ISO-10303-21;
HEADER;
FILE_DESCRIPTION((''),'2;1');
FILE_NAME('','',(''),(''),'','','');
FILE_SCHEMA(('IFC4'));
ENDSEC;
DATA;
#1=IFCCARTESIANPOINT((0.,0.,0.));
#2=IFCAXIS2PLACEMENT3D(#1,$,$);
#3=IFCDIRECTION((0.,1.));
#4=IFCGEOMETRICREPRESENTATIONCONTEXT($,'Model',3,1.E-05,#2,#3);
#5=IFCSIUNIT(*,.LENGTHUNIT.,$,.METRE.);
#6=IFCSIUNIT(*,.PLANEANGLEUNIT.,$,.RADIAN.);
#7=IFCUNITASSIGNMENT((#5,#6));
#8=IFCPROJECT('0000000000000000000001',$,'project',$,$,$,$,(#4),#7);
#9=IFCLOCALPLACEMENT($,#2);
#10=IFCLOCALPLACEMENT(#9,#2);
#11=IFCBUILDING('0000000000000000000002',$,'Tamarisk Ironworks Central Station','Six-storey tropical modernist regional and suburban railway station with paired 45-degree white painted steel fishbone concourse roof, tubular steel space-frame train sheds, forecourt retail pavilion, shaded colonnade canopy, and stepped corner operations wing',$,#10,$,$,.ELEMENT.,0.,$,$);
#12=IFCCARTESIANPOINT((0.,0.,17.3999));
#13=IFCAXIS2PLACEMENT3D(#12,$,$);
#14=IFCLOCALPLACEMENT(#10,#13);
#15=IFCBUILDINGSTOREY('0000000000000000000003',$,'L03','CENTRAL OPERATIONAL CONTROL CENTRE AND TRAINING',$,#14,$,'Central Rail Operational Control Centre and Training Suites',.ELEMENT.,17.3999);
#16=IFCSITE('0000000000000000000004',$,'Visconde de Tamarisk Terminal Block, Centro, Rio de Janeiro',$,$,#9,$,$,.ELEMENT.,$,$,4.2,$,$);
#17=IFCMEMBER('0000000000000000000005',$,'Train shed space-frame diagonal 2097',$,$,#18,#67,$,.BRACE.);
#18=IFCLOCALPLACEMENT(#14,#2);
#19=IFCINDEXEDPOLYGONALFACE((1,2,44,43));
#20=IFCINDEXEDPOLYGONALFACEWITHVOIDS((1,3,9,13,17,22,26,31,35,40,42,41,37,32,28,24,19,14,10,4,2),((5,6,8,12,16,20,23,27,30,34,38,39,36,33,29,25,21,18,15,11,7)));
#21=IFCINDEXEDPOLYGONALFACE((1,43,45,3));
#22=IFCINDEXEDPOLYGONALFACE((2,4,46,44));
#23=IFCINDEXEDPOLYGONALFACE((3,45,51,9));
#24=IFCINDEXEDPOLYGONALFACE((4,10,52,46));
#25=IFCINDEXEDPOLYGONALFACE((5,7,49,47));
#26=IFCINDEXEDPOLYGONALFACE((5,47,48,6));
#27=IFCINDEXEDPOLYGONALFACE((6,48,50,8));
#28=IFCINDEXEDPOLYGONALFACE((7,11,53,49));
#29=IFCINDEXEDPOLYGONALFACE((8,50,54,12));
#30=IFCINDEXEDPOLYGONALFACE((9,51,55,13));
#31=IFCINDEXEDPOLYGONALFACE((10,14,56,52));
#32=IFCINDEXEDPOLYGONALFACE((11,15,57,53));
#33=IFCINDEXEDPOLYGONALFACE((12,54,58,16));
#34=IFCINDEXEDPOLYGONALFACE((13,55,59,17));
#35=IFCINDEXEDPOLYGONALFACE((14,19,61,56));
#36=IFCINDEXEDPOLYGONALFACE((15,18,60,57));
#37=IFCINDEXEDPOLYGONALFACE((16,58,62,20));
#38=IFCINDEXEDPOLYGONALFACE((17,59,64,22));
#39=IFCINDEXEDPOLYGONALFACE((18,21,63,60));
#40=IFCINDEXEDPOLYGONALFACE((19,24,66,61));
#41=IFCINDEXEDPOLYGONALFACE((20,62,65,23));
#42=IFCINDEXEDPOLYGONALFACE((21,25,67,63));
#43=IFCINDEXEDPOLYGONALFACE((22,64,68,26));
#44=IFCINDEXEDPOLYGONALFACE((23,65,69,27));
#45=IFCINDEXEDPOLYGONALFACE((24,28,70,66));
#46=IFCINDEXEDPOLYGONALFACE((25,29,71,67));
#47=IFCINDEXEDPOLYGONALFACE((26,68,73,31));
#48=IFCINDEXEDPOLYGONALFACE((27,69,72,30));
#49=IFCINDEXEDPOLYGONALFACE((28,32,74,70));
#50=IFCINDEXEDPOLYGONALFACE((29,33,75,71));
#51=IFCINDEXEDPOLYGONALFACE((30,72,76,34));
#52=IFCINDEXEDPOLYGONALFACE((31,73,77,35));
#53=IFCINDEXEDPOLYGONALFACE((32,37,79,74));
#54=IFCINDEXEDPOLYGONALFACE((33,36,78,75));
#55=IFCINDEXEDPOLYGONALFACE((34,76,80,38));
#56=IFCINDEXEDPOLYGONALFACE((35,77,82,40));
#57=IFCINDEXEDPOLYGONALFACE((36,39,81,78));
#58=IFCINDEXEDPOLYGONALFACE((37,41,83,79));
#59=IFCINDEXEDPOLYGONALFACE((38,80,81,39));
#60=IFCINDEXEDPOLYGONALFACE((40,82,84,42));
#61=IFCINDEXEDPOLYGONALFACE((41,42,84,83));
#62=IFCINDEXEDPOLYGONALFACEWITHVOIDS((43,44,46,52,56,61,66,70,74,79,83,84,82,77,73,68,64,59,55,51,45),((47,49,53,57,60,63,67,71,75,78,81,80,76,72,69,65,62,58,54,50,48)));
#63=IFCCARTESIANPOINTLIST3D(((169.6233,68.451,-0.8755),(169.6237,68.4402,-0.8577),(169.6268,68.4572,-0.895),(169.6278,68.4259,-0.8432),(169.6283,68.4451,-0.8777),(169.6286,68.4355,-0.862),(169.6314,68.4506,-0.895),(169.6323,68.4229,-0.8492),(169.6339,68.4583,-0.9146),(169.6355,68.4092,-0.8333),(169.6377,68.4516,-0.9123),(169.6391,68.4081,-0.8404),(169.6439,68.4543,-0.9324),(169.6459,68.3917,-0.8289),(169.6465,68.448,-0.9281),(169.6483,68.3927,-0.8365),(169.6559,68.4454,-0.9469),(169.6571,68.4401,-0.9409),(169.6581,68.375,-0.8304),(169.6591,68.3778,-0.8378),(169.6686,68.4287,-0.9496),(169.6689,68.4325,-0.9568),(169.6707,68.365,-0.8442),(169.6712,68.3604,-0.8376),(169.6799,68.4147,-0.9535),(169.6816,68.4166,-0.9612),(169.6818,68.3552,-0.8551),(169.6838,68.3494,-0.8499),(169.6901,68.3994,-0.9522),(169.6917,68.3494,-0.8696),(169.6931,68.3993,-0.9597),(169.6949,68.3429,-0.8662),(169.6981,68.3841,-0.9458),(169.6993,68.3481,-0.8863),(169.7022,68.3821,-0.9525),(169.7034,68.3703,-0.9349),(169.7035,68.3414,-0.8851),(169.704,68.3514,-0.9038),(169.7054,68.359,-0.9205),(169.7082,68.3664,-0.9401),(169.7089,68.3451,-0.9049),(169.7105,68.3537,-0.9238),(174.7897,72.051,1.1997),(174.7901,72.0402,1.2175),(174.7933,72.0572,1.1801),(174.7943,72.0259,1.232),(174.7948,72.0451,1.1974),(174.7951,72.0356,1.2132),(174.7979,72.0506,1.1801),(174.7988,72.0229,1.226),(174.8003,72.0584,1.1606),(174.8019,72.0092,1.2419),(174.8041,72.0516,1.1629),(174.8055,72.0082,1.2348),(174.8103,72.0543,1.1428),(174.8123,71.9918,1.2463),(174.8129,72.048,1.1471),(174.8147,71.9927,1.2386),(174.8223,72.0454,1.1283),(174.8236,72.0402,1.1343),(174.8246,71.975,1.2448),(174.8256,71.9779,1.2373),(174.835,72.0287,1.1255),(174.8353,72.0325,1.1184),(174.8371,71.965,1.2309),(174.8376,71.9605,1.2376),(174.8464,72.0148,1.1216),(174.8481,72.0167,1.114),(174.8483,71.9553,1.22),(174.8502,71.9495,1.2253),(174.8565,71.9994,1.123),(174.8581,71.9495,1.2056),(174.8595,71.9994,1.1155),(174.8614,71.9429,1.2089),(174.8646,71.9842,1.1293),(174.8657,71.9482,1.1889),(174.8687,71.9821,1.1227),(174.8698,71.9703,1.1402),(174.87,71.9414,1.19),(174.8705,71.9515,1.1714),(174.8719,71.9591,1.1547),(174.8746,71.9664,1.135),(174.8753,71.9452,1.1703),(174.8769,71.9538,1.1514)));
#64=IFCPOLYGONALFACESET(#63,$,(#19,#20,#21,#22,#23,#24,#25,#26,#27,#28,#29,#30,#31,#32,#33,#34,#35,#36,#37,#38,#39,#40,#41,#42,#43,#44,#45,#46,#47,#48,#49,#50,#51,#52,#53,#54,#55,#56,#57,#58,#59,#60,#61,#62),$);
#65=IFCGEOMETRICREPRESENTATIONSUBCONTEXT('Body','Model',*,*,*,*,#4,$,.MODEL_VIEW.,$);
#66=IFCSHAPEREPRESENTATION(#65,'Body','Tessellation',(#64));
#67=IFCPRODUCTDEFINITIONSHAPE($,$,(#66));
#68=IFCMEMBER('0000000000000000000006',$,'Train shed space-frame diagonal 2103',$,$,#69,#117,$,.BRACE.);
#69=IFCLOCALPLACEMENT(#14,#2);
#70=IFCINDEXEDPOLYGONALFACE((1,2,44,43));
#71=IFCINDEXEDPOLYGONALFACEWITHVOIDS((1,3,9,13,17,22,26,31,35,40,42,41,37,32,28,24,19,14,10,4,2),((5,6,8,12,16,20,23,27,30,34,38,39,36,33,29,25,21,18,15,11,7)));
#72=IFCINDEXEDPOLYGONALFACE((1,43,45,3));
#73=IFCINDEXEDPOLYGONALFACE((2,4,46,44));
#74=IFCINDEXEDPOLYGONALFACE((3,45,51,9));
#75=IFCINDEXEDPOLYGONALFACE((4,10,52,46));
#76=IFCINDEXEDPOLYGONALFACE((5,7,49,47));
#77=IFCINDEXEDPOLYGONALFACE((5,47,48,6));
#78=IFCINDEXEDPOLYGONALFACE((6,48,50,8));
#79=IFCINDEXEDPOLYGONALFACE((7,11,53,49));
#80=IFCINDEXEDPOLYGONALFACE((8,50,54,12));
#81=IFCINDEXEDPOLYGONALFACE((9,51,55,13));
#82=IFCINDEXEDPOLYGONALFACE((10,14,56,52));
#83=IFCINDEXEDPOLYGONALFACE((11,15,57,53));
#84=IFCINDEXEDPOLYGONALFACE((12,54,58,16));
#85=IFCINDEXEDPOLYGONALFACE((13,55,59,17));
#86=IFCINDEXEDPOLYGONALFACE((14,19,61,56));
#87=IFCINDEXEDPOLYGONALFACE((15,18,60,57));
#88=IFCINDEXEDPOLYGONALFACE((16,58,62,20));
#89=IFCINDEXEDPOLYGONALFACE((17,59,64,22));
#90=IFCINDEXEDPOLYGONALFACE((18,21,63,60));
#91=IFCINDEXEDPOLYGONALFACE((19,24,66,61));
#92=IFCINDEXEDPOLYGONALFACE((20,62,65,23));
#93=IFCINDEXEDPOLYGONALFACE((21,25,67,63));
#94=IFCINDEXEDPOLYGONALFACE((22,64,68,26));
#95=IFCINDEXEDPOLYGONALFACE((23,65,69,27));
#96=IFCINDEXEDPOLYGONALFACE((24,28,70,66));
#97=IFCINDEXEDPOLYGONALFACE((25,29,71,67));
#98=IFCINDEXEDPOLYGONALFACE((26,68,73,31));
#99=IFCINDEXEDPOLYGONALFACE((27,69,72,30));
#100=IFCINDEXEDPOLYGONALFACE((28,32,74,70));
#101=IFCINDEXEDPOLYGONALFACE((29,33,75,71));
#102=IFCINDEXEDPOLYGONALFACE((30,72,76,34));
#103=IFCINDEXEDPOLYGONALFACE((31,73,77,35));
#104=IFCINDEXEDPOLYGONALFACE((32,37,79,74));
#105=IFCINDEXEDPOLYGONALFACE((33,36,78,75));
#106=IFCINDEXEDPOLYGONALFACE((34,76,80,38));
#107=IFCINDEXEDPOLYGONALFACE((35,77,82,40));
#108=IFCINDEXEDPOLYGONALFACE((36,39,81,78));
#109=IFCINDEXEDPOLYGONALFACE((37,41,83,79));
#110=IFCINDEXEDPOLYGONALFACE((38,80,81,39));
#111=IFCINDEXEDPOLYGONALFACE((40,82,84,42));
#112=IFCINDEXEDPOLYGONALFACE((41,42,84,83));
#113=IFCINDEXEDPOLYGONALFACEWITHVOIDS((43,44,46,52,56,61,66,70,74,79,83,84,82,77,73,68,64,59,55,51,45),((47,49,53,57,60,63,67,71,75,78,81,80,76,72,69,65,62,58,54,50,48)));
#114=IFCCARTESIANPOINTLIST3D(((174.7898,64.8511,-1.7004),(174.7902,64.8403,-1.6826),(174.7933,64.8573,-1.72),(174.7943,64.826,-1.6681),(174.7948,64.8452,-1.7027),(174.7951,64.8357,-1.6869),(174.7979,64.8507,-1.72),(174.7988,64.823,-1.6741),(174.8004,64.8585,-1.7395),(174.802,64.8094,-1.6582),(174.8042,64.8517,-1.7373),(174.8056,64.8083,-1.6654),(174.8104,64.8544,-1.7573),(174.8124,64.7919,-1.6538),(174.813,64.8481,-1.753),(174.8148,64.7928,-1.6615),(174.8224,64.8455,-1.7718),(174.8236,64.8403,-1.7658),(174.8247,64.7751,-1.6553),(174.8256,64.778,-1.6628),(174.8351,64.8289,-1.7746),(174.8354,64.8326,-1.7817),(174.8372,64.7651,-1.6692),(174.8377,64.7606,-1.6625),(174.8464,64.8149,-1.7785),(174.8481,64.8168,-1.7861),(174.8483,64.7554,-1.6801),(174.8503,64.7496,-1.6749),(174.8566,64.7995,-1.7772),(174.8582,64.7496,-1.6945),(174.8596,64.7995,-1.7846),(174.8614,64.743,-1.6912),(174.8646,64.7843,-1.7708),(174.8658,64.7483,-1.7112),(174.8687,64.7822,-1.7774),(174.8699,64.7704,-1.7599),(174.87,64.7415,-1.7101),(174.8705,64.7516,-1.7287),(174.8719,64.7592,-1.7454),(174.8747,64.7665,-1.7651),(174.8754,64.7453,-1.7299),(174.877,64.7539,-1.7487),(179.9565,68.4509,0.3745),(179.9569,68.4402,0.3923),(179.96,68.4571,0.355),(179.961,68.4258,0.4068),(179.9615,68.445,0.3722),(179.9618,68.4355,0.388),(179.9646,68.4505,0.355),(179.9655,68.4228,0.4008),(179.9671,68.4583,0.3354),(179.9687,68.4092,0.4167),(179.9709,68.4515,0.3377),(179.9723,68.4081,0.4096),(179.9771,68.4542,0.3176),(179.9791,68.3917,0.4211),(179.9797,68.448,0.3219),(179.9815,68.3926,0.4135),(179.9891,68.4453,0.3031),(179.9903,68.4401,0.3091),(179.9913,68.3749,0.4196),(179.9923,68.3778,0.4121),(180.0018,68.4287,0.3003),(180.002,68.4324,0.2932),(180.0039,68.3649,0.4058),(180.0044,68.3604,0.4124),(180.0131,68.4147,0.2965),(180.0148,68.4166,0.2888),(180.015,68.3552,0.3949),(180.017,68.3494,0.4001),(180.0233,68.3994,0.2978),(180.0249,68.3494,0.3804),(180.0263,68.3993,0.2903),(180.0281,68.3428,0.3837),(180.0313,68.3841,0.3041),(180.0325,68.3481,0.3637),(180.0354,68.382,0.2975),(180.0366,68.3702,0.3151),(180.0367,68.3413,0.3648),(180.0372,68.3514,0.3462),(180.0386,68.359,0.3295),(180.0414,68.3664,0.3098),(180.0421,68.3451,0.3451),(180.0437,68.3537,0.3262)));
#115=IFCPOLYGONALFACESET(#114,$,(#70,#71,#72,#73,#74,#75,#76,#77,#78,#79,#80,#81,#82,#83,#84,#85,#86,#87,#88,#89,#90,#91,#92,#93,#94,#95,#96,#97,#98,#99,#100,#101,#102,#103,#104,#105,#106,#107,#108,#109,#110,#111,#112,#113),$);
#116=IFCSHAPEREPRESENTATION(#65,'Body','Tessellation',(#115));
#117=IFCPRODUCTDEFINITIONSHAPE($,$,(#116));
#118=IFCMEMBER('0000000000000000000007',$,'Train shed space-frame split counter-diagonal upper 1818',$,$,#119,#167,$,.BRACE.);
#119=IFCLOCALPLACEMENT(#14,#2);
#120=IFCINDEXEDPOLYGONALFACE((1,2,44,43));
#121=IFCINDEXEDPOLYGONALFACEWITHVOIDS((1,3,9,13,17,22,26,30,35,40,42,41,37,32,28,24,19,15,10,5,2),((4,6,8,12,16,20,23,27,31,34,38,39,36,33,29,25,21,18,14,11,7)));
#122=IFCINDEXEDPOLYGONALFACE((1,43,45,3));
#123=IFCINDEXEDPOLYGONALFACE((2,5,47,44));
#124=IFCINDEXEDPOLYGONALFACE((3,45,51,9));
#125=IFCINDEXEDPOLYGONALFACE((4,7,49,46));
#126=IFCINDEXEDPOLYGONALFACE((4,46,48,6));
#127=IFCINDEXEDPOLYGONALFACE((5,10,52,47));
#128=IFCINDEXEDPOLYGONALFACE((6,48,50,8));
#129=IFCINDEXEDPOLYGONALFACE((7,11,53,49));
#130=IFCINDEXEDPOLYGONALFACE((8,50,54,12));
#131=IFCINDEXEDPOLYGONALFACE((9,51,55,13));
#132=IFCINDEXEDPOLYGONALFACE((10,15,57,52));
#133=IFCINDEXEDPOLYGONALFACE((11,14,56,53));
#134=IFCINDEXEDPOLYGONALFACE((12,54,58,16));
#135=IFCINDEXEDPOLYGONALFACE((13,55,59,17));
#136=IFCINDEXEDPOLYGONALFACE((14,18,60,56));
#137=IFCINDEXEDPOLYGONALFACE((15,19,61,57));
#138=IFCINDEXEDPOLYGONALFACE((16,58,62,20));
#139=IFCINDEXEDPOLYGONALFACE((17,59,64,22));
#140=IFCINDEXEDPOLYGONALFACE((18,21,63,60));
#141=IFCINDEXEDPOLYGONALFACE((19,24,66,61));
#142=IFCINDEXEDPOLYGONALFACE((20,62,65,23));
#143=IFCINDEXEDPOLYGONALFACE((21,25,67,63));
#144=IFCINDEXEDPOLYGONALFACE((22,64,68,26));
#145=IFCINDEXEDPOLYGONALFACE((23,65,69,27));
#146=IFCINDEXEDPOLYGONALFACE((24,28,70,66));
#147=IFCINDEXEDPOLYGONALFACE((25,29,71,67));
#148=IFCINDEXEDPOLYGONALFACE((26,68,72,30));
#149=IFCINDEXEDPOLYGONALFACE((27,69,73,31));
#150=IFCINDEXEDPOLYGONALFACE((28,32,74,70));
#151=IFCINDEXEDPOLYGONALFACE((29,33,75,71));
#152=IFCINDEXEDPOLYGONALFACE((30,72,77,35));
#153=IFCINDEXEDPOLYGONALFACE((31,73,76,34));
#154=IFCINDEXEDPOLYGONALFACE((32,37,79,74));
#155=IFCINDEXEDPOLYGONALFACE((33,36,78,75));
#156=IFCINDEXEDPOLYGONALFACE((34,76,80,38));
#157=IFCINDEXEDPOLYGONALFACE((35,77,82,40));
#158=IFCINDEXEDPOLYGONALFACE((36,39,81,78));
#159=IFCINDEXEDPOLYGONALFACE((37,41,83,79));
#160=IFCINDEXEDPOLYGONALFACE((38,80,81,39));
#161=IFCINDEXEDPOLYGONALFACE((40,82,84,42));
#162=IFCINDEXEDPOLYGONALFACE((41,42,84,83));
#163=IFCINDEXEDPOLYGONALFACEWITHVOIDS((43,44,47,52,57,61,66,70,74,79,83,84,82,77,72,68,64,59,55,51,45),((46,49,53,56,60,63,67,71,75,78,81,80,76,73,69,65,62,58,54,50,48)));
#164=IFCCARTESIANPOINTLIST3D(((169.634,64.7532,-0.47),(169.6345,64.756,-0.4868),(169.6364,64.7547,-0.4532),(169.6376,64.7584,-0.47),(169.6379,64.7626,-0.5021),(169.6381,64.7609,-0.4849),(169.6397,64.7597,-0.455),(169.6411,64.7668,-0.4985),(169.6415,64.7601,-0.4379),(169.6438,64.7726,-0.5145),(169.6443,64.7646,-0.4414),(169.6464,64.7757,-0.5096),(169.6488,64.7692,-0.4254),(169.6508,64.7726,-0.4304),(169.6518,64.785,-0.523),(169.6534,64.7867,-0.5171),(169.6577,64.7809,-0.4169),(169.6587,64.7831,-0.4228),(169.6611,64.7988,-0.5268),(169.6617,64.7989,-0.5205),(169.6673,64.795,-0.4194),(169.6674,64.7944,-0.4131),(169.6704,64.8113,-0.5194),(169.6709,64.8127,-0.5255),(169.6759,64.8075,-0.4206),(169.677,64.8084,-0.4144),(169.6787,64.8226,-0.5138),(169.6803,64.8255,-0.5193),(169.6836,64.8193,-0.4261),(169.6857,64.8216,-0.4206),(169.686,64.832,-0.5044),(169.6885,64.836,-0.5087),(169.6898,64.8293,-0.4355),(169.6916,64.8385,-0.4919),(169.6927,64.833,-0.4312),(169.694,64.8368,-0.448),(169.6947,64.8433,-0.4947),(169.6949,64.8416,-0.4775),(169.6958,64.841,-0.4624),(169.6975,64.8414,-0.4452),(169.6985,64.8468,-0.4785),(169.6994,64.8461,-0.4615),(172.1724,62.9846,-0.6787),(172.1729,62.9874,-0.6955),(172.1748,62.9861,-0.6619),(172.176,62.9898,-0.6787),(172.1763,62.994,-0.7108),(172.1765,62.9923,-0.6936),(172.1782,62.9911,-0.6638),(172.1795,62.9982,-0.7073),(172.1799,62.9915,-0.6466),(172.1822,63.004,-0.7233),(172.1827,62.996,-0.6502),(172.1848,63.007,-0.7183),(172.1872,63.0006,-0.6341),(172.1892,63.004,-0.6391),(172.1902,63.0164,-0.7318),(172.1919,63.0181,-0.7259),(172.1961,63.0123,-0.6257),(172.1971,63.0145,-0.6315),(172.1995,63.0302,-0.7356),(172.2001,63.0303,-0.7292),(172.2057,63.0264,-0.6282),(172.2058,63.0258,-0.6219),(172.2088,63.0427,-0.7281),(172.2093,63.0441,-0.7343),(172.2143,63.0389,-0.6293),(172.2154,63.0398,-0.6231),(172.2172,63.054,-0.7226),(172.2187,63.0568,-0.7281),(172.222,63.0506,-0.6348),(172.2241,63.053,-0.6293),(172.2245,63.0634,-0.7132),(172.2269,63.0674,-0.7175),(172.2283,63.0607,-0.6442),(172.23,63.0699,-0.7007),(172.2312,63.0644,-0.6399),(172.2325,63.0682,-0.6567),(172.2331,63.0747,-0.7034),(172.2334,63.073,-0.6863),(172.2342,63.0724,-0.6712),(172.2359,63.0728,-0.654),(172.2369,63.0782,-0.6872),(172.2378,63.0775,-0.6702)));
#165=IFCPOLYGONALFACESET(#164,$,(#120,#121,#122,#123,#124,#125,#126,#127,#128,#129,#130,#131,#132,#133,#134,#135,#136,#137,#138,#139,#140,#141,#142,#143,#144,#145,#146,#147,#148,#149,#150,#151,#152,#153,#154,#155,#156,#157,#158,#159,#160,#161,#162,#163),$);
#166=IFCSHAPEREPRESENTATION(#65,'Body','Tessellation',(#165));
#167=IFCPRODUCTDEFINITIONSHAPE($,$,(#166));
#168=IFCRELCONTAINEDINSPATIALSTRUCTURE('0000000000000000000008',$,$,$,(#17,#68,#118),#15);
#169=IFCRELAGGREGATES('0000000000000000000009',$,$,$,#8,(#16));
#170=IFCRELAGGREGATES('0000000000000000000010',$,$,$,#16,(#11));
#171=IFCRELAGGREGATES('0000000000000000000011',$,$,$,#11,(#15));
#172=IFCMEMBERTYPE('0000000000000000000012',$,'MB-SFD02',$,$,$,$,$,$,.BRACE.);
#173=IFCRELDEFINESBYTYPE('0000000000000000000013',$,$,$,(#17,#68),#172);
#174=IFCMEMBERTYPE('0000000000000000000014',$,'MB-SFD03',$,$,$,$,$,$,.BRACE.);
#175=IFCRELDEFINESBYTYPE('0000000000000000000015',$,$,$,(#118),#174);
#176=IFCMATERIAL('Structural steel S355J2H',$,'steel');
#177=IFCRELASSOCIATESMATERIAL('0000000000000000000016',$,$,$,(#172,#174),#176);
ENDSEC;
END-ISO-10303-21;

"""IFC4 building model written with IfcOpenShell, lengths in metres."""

from ifc_helpers import new_model, si_unit, direction, frame, origin, origin_2d, place, context, subcontext, project, spatial, hollow_circle, extrude, material, material_profile, profile_set, type_object, element, save


model = new_model("IFC4")

# Units and contexts
model_context = context("Model", 3, precision=1e-05, world=origin(), true_north=direction((0.0, 1.0)))
body_context = subcontext(model_context, "Body", "Model", "MODEL_VIEW")
ifc_project = project(units=[si_unit("LENGTHUNIT", "METRE"), si_unit("PLANEANGLEUNIT", "RADIAN")], contexts=[model_context])

# Site, building, storey
site_placement = place(None, origin())
site = spatial("IfcSite", under=ifc_project, at=site_placement, Name="Visconde de Tamarisk Terminal Block, Centro, Rio de Janeiro", CompositionType="ELEMENT", RefElevation=4.2)
building_placement = place(site_placement, origin())
building = spatial("IfcBuilding", under=site, at=building_placement, Name="Tamarisk Ironworks Central Station", Description="Six-storey tropical modernist regional and suburban railway station with paired 45-degree white painted steel fishbone concourse roof, tubular steel space-frame train sheds, forecourt retail pavilion, shaded colonnade canopy, and stepped corner operations wing", CompositionType="ELEMENT", ElevationOfRefHeight=0.0)
storey_placement = place(building_placement, frame((0.0, 0.0, 17.3999)))
storey = spatial("IfcBuildingStorey", under=building, at=storey_placement, Name="L03", Description="CENTRAL OPERATIONAL CONTROL CENTRE AND TRAINING", LongName="Central Rail Operational Control Centre and Training Suites", CompositionType="ELEMENT", Elevation=17.3999)

# Members
ifc_material = material(Name="Structural steel S355J2H", Category="steel")
ifc_material_profile_1 = material_profile(ifc_material, hollow_circle(Radius=0.0698, WallThickness=0.0081, at=origin_2d()), Name="CHS 139.7x8")
ifc_profile_set_1 = profile_set([ifc_material_profile_1], Name="Structural steel S355J2H")
member_type_1 = type_object("IfcMemberType", Name="MB-SFD02", PredefinedType="BRACE", material=ifc_profile_set_1)
for number, where, z_axis, x_axis, name in (
    (1, (169.6667, 68.3999, -0.895), (0.779235, 0.542983, 0.31299), (-0.571707, 0.820458, 0.0), "Train shed space-frame diagonal 2097"),
    (2, (174.8333, 64.8, -1.72), (0.779274, 0.542947, 0.312954), (-0.571663, 0.820489, 0.0), "Train shed space-frame diagonal 2103"),
):
    element("IfcMember", number, at=place(storey_placement, frame(where, z_axis=z_axis, x_axis=x_axis)), inside=storey, type_object=member_type_1, Name=name, PredefinedType="BRACE", context=body_context, shape_type="SweptSolid", body=[
        extrude(hollow_circle(Radius=0.0698, WallThickness=0.0081, at=origin_2d()), origin(), (0.0, 0.0, 1.0), 6.6301),
    ])
ifc_material_profile_2 = material_profile(ifc_material, hollow_circle(Radius=0.0571, WallThickness=0.0063, at=origin_2d()), Name="CHS 114.3x6.3")
ifc_profile_set_2 = profile_set([ifc_material_profile_2], Name="Structural steel S355J2H")
member_type_2 = type_object("IfcMemberType", Name="MB-SFD03", PredefinedType="BRACE", material=ifc_profile_set_2)
for number, where, z_axis, x_axis, name in (
    (3, (172.2051, 63.0315, -0.6787), (-0.818625, 0.570369, 0.06732), (-0.571666, -0.820487, 0.0), "Train shed space-frame split counter-diagonal upper 1818"),
):
    element("IfcMember", number, at=place(storey_placement, frame(where, z_axis=z_axis, x_axis=x_axis)), inside=storey, type_object=member_type_2, Name=name, PredefinedType="BRACE", context=body_context, shape_type="SweptSolid", body=[
        extrude(hollow_circle(Radius=0.0571, WallThickness=0.0063, at=origin_2d()), origin(), (0.0, 0.0, 1.0), 3.1008),
    ])

save(model, "model.ifc")
